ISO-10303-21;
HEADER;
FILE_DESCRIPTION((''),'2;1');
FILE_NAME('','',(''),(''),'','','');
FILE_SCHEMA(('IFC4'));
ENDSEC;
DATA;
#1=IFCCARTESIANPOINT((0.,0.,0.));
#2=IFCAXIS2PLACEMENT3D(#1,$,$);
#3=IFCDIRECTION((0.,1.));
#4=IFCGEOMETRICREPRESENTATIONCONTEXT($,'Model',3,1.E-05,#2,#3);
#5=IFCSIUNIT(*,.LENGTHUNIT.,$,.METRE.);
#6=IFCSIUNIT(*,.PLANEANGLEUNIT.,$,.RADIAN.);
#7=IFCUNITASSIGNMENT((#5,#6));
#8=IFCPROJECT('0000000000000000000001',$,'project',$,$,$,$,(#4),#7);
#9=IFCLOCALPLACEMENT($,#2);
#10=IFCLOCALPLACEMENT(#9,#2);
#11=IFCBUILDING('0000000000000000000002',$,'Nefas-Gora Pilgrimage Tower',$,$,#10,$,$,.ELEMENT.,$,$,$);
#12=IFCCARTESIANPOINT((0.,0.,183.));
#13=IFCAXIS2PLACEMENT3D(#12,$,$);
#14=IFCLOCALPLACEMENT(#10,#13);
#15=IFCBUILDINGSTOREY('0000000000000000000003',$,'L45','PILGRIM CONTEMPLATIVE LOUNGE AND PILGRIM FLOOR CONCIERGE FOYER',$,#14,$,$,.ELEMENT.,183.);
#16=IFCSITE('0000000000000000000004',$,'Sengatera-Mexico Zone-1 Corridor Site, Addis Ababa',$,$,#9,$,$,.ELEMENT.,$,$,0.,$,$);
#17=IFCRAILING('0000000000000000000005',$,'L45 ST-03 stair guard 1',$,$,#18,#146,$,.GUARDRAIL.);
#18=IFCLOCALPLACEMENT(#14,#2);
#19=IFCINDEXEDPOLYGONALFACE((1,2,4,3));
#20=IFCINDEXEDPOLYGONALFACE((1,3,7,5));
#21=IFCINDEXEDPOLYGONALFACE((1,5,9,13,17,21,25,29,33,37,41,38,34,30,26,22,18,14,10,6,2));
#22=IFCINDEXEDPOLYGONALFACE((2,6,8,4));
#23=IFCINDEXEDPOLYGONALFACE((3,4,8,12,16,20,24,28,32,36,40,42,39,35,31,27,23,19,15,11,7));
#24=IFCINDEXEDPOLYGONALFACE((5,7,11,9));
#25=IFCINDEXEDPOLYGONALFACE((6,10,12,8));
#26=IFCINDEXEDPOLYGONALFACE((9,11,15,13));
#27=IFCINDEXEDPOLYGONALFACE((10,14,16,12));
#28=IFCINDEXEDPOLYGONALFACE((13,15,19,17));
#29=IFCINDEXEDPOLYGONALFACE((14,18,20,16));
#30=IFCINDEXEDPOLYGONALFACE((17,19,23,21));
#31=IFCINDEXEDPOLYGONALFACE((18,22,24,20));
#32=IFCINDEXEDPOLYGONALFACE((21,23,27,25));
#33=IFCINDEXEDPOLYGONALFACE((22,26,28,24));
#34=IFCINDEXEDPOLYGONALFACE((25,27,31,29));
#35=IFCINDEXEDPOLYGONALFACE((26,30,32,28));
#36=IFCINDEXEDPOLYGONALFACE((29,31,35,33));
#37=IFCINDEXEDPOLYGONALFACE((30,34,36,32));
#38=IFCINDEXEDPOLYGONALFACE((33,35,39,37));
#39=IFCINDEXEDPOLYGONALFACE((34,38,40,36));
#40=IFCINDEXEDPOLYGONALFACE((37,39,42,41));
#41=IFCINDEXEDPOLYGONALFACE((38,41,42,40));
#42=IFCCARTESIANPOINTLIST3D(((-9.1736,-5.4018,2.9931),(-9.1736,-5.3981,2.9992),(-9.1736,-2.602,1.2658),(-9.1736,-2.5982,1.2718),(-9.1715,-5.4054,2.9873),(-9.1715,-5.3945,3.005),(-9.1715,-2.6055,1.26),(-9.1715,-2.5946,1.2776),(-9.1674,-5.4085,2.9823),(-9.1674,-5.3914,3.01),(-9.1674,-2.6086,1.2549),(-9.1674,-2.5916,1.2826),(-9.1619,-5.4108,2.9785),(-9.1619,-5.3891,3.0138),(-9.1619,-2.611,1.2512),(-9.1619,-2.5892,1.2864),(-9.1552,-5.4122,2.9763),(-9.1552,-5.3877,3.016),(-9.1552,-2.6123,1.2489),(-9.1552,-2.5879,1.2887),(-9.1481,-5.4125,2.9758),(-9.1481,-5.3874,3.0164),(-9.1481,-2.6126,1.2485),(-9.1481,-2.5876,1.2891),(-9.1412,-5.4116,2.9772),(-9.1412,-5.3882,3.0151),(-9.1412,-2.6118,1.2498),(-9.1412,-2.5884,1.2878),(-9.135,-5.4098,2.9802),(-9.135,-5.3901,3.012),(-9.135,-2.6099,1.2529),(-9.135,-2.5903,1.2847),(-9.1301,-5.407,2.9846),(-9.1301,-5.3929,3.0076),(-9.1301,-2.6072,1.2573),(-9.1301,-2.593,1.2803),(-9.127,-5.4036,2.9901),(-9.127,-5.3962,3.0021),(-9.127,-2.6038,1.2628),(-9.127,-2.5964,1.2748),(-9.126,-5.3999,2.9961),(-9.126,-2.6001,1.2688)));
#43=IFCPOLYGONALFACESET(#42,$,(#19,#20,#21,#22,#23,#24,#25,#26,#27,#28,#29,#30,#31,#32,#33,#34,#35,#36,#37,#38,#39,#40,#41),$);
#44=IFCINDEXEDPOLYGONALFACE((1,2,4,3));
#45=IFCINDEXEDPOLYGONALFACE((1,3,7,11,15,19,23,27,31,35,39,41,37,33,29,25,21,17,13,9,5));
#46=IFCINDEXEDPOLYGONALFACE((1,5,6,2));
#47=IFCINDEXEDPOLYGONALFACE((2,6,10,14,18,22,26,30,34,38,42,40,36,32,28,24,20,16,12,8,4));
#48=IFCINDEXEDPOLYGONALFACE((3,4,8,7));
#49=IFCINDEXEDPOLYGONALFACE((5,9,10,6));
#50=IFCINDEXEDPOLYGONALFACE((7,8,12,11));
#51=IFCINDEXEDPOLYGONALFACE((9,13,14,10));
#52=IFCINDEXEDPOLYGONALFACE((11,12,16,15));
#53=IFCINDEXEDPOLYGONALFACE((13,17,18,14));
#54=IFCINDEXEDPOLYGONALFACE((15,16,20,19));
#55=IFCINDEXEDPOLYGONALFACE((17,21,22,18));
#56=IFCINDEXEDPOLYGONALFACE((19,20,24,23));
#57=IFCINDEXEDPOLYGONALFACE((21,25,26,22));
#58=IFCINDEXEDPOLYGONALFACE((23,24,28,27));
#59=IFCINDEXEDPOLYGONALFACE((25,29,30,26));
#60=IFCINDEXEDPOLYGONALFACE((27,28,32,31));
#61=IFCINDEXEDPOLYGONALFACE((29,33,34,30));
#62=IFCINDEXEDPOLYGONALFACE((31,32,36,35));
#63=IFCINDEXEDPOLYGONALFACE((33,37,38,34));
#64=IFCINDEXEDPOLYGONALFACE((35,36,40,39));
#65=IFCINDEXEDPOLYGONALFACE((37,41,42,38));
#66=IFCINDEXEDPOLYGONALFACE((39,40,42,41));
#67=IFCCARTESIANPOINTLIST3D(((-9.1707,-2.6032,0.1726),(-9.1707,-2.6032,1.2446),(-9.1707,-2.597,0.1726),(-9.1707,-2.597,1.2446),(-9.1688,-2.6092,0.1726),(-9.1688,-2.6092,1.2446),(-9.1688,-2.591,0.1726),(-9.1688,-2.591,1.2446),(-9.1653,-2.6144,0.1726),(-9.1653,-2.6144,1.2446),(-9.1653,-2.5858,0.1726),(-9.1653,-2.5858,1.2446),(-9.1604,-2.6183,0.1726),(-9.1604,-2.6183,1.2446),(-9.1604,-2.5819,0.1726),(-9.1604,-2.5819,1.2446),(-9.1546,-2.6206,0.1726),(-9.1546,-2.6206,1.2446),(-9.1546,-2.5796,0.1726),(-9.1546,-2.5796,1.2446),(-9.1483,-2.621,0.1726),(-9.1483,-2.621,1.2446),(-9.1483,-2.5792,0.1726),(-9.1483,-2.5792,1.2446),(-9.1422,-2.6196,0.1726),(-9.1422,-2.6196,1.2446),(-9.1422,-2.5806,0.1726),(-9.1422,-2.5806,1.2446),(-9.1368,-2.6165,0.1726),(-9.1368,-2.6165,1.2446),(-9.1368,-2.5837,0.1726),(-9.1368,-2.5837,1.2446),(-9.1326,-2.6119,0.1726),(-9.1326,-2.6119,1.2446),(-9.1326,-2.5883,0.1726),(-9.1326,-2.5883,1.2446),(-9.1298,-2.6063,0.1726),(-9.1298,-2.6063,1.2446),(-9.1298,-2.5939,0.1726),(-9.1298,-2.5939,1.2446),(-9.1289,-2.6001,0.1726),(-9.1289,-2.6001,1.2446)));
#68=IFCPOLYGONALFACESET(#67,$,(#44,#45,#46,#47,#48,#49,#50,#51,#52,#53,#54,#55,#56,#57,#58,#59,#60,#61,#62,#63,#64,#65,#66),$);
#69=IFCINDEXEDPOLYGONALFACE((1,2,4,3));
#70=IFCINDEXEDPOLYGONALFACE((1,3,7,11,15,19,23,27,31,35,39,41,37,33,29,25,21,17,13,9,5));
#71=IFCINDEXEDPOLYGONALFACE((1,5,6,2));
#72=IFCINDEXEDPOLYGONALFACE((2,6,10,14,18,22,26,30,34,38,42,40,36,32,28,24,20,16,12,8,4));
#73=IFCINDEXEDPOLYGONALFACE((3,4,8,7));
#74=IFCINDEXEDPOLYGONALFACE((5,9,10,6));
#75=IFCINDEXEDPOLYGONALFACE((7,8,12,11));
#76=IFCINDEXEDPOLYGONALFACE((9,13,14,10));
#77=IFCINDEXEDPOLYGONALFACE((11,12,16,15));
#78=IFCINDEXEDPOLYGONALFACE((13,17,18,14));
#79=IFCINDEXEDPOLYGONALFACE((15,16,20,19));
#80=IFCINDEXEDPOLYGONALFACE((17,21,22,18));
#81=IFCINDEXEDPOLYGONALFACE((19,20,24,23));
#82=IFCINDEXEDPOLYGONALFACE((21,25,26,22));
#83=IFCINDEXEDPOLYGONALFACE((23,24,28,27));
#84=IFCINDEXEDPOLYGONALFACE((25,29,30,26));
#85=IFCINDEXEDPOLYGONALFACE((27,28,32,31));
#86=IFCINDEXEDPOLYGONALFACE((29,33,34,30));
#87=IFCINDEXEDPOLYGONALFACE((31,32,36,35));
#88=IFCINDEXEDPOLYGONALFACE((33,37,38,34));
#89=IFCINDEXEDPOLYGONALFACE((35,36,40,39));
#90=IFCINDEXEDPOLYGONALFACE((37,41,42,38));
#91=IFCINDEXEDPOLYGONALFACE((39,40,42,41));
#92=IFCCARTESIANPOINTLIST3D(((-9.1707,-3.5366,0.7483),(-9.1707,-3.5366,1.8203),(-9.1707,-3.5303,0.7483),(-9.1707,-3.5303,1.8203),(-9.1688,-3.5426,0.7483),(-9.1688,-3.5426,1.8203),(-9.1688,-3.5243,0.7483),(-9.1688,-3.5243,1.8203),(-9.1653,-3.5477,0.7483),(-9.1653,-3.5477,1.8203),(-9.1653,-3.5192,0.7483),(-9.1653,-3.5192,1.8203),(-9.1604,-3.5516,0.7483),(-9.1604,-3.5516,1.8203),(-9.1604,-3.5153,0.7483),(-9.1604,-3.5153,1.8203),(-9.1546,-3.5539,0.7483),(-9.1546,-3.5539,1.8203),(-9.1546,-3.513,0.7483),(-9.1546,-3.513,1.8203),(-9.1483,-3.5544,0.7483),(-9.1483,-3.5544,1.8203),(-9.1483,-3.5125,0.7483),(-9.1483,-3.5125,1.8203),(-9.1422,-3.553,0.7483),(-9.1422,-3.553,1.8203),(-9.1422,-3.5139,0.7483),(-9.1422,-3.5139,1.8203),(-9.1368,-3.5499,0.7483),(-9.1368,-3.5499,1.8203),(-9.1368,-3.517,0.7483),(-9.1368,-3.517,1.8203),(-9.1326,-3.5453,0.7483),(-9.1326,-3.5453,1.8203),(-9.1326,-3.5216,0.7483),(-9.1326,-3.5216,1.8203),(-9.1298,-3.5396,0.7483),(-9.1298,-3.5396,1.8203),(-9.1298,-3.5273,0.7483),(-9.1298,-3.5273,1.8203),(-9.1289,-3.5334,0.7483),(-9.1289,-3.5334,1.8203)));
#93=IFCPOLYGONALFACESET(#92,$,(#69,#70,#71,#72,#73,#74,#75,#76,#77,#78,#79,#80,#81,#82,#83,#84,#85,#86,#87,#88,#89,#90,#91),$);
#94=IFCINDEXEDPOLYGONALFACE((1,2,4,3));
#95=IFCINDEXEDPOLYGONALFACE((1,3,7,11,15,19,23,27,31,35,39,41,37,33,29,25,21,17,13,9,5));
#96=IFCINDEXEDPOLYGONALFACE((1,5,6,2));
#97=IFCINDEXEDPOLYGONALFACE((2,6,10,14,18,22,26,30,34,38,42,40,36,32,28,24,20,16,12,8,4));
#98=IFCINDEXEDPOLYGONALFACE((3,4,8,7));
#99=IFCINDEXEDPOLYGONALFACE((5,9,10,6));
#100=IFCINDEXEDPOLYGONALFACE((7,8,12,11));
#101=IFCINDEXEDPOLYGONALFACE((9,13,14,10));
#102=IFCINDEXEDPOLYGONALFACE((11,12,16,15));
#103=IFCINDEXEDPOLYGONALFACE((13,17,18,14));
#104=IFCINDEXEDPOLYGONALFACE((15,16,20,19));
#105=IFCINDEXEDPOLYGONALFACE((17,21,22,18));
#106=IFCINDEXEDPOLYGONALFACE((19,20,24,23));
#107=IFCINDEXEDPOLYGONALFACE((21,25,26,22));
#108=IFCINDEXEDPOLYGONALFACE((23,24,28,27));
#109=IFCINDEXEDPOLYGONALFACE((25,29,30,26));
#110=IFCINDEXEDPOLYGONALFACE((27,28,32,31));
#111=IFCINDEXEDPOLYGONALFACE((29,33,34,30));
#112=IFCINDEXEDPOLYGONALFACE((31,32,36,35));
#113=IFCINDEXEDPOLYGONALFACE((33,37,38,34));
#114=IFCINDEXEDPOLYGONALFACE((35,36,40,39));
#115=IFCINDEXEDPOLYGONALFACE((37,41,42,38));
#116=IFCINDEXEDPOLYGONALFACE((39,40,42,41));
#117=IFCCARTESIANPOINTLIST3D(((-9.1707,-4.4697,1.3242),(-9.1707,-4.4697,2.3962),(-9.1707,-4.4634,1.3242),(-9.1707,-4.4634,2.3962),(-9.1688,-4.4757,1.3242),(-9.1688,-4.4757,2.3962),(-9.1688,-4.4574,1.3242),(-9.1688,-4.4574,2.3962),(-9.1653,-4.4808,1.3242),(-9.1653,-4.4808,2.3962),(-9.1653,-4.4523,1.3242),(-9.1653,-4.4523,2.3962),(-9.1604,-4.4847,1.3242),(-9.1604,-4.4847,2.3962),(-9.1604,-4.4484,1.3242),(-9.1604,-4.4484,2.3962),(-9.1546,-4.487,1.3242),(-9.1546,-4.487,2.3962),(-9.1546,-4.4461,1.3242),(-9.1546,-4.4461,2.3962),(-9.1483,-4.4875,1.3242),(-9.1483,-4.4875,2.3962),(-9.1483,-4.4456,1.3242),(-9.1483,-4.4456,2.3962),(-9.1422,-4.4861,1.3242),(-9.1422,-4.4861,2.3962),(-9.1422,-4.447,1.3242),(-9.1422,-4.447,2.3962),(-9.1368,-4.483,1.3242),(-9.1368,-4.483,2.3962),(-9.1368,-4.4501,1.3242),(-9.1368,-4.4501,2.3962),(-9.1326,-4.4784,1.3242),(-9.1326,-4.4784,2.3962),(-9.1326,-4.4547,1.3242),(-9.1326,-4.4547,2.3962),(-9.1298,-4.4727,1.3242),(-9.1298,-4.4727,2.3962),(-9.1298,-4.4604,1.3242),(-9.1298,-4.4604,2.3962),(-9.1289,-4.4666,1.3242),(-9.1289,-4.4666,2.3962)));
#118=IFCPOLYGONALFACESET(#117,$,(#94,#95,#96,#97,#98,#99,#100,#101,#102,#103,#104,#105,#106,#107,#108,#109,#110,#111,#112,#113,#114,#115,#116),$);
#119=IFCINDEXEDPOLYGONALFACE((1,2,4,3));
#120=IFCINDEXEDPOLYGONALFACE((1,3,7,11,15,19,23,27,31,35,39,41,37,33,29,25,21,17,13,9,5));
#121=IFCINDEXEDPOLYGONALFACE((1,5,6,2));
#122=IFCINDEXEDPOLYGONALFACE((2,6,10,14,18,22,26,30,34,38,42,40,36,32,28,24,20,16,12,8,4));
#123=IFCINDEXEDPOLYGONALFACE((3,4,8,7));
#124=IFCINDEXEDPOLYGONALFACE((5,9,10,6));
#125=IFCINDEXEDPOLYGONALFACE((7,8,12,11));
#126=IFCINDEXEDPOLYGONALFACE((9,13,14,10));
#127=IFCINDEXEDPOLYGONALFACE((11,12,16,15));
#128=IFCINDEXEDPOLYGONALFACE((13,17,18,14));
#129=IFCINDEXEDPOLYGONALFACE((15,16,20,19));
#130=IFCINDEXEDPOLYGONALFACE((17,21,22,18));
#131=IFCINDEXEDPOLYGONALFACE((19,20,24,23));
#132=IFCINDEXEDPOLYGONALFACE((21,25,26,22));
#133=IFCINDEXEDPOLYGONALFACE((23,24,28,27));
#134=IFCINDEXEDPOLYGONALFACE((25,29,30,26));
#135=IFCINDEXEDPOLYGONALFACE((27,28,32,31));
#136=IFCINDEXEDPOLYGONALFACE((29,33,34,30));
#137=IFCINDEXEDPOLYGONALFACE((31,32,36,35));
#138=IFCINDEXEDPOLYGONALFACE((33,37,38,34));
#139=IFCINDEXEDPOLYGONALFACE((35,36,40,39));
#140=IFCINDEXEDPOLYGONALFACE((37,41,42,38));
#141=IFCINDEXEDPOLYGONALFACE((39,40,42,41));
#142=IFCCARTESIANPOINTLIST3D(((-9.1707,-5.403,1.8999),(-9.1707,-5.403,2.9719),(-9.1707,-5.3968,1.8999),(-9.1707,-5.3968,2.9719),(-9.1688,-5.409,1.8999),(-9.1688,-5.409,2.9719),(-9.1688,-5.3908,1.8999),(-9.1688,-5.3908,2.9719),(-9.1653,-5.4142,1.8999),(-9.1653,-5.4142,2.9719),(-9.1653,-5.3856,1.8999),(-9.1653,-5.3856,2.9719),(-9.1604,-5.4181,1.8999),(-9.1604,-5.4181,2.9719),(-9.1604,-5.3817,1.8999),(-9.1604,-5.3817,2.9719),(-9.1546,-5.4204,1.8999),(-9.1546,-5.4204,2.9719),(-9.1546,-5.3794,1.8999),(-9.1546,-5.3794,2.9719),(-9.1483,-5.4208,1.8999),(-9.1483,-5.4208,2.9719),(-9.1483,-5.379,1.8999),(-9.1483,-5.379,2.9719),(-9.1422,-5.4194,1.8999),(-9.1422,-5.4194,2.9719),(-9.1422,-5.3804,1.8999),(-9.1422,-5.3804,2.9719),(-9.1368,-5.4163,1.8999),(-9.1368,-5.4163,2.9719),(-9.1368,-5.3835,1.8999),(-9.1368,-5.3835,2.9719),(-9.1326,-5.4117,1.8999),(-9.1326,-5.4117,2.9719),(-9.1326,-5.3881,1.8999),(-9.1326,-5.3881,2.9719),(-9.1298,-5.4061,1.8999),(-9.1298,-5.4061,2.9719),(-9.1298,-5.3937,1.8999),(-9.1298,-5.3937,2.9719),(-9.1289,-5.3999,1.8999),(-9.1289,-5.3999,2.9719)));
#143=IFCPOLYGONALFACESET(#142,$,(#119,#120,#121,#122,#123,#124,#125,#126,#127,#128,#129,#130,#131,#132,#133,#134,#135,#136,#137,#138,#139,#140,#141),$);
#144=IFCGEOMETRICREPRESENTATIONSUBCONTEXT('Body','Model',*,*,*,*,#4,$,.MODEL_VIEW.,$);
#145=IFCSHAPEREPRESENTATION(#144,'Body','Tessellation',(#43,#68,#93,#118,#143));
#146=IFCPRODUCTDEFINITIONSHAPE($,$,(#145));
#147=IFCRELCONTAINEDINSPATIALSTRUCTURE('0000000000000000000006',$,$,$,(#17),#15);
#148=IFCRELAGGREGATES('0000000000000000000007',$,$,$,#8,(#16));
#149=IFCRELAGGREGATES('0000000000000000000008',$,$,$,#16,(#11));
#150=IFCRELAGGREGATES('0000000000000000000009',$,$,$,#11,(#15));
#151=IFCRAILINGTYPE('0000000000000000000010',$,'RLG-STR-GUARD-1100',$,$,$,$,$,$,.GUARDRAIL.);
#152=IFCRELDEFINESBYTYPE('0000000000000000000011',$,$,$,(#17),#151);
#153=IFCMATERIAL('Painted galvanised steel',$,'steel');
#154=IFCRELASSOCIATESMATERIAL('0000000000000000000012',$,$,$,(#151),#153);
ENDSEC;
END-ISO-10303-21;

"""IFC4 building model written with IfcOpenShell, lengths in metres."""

from ifc_helpers import new_model, si_unit, direction, frame, origin, origin_2d, place, context, subcontext, project, spatial, circle, extrude, material, type_object, element, save


model = new_model("IFC4")

# Units and contexts
model_context = context("Model", 3, precision=1e-05, world=origin(), true_north=direction((0.0, 1.0)))
body_context = subcontext(model_context, "Body", "Model", "MODEL_VIEW")
ifc_project = project(units=[si_unit("LENGTHUNIT", "METRE"), si_unit("PLANEANGLEUNIT", "RADIAN")], contexts=[model_context])

# Site, building, storey
site_placement = place(None, origin())
site = spatial("IfcSite", under=ifc_project, at=site_placement, Name="Sengatera-Mexico Zone-1 Corridor Site, Addis Ababa", CompositionType="ELEMENT", RefElevation=0.0)
building_placement = place(site_placement, origin())
building = spatial("IfcBuilding", under=site, at=building_placement, Name="Nefas-Gora Pilgrimage Tower", CompositionType="ELEMENT")
storey_placement = place(building_placement, frame((0.0, 0.0, 183.0)))
storey = spatial("IfcBuildingStorey", under=building, at=storey_placement, Name="L45", Description="PILGRIM CONTEMPLATIVE LOUNGE AND PILGRIM FLOOR CONCIERGE FOYER", CompositionType="ELEMENT", Elevation=183.0)

# Railing
ifc_material_1 = material(Name="Painted galvanised steel", Category="steel")
railing_type_1 = type_object("IfcRailingType", Name="RLG-STR-GUARD-1100", PredefinedType="GUARDRAIL", material=ifc_material_1)
railing_1_placement = place(storey_placement, frame((-9.1499, -2.6001, 0.1726)))
element("IfcRailing", 1, at=railing_1_placement, inside=storey, type_object=railing_type_1, Name="L45 ST-03 stair guard 1", PredefinedType="GUARDRAIL", context=body_context, shape_type="SweptSolid", body=[
    extrude(circle(Radius=0.0239, at=origin_2d()), frame((0.0, 0.0, 1.0962), z_axis=(0.0, -0.851069, 0.525054), x_axis=(1.0, 0.0, 0.0)), (0.0, 0.0, 1.0), 3.2898),
    extrude(circle(Radius=0.021, at=origin_2d()), origin(), (0.0, 0.0, 1.0), 1.072),
    extrude(circle(Radius=0.021, at=origin_2d()), frame((0.0, -0.9333, 0.5757)), (0.0, 0.0, 1.0), 1.072),
    extrude(circle(Radius=0.021, at=origin_2d()), frame((0.0, -1.8665, 1.1516)), (0.0, 0.0, 1.0), 1.072),
    extrude(circle(Radius=0.021, at=origin_2d()), frame((0.0, -2.7998, 1.7273)), (0.0, 0.0, 1.0), 1.072),
])

save(model, "model.ifc")
